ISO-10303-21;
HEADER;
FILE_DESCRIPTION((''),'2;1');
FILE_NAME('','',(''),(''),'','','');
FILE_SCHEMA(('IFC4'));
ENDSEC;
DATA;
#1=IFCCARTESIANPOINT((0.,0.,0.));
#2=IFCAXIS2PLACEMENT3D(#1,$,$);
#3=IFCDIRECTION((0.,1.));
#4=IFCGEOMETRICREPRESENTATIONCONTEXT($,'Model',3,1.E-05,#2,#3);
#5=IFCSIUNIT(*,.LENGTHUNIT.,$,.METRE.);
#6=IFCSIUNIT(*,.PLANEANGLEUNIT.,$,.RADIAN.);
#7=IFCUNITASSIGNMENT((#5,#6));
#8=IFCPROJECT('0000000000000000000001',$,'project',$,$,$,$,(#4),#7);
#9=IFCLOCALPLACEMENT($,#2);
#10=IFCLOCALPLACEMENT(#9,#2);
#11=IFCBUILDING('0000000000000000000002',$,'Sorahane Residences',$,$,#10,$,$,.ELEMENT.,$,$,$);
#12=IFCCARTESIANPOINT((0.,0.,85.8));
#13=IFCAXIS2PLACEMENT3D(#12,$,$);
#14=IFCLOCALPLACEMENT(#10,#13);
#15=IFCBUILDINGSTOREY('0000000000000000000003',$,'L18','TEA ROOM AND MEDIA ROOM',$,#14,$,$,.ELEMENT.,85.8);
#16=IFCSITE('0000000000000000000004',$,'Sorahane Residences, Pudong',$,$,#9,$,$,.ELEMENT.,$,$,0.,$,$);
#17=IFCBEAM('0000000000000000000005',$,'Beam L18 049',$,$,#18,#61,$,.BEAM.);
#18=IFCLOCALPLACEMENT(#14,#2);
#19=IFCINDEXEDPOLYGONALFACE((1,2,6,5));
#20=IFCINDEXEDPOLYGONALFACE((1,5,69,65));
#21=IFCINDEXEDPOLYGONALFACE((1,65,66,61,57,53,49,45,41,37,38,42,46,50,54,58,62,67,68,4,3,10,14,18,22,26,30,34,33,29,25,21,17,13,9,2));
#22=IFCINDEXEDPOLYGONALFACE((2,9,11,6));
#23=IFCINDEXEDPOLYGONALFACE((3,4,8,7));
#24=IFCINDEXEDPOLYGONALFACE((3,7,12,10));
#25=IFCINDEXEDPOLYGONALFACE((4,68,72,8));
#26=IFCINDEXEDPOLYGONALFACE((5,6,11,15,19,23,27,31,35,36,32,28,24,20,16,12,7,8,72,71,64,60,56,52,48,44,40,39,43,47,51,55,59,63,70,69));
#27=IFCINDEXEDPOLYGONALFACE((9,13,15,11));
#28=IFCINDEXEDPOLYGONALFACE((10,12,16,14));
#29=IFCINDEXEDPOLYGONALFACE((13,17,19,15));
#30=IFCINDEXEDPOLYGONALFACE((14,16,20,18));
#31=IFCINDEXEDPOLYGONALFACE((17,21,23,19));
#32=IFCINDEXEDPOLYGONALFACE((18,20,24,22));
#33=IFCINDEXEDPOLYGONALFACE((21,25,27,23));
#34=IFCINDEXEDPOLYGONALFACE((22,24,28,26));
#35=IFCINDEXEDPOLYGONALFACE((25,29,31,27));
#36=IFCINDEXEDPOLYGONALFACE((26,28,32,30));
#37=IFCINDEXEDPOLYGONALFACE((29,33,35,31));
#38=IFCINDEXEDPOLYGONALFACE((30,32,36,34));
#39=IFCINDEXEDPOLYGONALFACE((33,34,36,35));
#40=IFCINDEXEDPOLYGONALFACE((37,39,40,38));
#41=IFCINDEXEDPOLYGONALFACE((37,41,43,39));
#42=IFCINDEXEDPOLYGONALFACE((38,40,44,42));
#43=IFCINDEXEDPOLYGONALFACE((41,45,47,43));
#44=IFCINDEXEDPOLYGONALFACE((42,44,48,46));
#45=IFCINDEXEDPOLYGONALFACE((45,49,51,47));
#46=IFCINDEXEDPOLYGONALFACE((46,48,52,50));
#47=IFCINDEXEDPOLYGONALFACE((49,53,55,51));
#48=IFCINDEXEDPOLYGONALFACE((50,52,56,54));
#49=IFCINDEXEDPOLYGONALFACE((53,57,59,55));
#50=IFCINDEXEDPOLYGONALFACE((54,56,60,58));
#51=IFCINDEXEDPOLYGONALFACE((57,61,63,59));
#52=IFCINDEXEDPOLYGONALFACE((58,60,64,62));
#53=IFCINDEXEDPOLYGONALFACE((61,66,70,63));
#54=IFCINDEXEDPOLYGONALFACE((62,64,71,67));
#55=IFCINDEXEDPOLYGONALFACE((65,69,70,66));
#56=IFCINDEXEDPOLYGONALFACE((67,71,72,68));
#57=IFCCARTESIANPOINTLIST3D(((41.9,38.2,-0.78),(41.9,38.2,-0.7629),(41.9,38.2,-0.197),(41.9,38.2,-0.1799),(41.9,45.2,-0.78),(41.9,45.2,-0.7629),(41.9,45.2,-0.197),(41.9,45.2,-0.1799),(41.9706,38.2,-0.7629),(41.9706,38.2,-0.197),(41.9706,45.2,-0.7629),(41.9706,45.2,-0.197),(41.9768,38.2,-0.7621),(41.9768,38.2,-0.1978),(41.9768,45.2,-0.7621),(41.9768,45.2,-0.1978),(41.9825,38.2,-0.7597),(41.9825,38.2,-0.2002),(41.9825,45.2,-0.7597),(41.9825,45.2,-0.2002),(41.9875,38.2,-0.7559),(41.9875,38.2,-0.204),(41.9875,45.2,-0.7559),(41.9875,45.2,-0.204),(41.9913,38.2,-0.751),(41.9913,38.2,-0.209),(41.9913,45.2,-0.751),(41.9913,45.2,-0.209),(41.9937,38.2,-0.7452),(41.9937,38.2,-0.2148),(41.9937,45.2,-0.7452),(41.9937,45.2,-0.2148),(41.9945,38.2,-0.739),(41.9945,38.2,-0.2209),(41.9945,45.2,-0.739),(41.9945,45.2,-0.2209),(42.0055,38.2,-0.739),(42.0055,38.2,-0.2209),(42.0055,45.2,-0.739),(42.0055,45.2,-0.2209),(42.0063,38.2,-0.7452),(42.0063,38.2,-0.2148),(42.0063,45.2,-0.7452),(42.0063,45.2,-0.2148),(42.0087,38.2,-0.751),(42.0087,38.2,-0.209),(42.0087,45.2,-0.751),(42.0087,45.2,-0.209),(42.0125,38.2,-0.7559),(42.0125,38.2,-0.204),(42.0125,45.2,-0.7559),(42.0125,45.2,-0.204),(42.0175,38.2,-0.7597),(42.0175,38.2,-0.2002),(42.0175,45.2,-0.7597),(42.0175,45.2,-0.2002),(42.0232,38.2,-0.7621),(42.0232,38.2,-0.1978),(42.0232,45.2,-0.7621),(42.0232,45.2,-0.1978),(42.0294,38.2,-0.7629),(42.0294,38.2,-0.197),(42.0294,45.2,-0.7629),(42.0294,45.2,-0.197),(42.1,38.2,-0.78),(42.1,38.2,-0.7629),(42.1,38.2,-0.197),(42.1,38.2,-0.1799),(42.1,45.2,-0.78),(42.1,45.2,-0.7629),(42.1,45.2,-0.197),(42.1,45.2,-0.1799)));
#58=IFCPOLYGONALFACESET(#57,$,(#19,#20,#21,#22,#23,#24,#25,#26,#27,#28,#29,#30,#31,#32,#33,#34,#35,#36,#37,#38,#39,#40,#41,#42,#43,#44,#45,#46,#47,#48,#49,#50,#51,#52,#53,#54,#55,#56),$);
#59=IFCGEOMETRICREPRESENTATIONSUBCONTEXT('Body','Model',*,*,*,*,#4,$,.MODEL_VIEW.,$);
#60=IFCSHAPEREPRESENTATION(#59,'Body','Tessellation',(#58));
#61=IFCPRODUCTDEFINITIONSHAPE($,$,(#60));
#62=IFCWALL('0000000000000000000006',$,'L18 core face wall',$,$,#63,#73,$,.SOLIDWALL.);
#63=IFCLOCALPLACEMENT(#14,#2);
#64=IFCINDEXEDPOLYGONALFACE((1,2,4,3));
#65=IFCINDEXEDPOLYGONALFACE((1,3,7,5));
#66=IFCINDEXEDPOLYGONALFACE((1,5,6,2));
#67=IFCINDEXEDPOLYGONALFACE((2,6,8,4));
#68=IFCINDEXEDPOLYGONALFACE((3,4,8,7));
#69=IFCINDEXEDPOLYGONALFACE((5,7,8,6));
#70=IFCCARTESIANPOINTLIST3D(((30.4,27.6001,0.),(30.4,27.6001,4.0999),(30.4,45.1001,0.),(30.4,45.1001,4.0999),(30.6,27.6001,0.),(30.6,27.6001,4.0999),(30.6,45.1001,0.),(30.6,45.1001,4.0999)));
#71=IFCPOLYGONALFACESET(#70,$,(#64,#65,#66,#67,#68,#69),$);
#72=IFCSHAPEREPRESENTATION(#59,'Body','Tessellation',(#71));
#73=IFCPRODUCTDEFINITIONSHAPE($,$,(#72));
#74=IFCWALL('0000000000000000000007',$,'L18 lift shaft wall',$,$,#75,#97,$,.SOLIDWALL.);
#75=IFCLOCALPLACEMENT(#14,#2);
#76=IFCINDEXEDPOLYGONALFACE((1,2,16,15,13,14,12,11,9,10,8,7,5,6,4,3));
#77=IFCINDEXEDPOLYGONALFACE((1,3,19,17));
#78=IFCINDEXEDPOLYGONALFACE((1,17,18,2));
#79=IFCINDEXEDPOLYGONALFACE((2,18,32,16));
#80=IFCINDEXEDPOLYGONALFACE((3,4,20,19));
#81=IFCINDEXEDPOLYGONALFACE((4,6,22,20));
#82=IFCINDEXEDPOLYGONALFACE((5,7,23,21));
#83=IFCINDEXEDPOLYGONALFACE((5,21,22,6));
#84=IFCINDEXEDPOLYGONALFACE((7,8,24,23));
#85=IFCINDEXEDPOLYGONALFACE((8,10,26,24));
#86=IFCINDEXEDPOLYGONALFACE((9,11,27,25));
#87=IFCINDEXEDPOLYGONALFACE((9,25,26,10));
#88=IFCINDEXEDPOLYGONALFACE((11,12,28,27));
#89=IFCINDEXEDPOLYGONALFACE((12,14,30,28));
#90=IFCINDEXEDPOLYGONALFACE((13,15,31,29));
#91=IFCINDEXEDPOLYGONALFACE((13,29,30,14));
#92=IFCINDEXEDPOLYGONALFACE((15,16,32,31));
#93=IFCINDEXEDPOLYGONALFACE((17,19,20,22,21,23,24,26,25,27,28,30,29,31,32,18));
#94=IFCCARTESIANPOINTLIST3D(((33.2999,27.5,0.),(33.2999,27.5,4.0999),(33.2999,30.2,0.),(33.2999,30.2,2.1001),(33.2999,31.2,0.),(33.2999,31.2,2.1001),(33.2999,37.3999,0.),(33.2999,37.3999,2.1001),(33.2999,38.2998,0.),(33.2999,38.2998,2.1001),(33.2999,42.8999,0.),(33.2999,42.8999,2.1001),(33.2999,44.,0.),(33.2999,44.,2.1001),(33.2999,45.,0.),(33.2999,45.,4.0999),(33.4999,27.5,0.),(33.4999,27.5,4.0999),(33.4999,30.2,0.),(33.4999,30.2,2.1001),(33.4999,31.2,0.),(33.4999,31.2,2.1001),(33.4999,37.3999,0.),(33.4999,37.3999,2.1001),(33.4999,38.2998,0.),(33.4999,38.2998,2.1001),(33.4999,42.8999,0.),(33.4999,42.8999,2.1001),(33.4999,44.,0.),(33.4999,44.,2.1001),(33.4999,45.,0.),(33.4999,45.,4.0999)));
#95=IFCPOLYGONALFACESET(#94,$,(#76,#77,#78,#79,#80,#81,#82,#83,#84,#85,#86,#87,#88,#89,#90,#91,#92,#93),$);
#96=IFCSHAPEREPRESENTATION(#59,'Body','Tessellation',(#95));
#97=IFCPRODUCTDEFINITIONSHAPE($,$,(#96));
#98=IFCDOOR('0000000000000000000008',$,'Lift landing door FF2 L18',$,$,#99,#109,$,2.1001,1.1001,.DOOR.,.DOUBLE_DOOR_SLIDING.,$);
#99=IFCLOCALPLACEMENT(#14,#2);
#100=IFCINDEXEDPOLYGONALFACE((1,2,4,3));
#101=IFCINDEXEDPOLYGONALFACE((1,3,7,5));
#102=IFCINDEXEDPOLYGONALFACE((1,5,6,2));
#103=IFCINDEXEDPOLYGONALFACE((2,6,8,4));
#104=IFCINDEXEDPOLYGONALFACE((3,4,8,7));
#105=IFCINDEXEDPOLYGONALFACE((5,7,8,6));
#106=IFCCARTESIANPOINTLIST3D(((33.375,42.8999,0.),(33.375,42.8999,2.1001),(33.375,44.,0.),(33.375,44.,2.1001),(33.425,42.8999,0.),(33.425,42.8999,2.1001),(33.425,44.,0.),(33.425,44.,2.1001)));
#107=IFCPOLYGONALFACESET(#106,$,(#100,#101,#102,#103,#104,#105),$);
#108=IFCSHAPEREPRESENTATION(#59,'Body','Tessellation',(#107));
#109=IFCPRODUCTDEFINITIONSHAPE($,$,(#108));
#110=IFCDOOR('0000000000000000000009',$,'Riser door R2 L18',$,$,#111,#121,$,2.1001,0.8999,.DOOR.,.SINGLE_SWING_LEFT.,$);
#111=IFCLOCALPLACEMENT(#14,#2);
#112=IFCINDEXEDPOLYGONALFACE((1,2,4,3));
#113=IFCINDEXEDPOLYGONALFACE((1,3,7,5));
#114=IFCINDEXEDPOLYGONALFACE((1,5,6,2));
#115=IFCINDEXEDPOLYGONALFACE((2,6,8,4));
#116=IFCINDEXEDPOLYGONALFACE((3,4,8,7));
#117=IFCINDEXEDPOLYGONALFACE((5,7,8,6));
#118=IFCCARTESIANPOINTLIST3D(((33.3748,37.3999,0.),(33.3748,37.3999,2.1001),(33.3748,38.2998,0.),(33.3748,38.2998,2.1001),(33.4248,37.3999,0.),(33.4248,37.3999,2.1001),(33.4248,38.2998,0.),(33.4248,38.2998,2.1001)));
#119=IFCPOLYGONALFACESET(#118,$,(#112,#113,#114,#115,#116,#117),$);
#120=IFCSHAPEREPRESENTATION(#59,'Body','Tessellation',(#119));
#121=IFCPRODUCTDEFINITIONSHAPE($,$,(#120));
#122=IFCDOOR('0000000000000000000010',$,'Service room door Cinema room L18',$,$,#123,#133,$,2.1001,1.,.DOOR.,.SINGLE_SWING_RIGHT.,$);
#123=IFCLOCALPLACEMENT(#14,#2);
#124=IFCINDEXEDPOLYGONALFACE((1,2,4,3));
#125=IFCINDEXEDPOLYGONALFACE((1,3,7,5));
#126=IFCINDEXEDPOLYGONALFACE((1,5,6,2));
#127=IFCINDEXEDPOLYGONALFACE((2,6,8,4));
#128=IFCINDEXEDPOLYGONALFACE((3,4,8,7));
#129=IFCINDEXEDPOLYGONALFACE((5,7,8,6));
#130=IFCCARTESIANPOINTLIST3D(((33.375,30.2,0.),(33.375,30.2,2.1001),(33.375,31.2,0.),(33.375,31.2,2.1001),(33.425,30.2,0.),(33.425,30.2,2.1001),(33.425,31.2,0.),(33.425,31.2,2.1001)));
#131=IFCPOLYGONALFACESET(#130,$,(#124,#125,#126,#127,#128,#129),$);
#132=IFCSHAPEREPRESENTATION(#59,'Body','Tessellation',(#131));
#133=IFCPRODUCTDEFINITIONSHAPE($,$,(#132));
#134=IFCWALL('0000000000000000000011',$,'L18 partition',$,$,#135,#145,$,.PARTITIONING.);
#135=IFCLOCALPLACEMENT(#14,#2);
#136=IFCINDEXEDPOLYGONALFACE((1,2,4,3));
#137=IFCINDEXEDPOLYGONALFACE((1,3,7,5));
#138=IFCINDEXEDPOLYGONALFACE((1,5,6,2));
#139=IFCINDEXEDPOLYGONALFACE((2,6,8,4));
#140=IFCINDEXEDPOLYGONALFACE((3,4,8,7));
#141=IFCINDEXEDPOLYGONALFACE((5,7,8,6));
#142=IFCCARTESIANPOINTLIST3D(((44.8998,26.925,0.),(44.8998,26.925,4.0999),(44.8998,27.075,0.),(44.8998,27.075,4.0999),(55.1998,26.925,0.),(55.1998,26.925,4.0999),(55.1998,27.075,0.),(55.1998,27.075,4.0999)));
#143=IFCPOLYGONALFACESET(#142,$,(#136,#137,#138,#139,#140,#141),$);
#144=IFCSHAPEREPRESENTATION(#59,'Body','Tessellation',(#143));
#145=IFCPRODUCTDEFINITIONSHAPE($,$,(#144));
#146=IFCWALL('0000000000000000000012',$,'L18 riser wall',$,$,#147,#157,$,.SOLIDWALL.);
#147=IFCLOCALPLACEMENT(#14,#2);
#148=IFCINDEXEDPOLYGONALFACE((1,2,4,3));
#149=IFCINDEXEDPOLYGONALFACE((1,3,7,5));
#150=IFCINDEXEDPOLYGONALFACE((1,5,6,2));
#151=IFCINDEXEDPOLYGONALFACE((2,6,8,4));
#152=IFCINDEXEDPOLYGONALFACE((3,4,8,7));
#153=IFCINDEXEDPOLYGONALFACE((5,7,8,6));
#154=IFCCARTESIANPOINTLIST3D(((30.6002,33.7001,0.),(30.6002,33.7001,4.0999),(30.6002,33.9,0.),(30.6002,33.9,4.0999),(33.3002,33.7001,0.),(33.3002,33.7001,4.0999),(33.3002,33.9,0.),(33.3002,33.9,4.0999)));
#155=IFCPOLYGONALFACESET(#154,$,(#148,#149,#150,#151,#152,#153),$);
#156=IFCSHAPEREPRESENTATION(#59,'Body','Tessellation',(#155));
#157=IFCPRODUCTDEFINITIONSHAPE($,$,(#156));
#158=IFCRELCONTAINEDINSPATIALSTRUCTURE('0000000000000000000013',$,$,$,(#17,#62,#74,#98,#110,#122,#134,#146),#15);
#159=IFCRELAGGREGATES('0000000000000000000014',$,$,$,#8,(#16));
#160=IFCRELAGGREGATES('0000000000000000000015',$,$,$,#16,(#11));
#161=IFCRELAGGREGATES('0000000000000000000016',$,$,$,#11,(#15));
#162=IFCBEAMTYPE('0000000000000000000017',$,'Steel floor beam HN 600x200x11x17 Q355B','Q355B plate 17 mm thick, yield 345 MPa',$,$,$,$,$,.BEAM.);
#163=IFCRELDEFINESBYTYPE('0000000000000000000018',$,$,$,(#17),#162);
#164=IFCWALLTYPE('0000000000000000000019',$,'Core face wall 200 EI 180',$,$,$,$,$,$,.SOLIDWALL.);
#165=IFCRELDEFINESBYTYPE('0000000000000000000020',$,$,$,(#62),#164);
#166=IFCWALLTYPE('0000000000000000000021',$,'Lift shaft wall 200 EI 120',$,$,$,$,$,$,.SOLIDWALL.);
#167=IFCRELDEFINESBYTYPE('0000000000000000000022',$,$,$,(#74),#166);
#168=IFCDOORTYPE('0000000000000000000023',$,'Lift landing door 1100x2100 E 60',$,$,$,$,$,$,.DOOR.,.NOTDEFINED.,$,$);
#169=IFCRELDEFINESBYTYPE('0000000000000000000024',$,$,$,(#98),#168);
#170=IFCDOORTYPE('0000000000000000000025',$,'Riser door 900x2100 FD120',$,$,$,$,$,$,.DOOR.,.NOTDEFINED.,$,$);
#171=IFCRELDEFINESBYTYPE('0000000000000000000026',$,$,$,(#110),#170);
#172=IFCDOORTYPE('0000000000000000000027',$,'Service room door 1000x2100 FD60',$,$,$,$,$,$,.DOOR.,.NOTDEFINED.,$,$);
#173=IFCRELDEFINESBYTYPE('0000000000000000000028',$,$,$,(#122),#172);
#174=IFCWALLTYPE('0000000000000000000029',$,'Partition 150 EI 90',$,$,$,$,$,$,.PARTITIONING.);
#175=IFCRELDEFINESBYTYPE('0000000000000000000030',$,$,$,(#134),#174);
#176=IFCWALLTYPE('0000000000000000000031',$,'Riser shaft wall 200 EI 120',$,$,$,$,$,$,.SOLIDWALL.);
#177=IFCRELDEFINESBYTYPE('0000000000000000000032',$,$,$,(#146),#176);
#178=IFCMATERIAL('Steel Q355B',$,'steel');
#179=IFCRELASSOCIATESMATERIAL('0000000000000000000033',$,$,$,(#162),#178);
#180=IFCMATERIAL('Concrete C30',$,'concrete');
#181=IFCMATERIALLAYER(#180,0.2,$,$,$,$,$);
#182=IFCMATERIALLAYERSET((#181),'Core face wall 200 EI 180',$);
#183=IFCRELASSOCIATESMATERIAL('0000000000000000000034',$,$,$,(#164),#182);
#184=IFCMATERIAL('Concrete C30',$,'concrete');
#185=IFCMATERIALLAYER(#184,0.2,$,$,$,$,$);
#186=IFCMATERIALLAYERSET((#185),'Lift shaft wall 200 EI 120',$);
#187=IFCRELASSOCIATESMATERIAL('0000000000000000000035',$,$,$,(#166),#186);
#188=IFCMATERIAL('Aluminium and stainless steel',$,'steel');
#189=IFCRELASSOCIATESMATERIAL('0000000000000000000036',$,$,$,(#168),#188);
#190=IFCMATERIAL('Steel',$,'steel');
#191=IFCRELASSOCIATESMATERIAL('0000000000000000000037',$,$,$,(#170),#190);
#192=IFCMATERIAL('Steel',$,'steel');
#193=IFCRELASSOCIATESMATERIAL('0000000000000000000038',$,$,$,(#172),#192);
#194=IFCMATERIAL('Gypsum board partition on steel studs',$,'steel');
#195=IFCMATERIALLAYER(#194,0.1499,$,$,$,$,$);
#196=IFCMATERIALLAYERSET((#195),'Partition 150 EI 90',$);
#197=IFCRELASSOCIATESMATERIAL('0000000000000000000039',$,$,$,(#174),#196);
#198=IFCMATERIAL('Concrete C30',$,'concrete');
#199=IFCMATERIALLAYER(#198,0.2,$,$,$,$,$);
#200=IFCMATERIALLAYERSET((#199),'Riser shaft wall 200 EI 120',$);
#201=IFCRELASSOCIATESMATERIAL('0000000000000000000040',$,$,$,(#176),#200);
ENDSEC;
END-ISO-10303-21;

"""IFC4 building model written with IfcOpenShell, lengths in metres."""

from ifc_helpers import new_model, si_unit, direction, frame, frame_2d, origin, origin_2d, place, context, subcontext, project, spatial, rectangle, i_section, extrude, material, layer, layer_set, material_profile, profile_set, type_object, element, fill, save


model = new_model("IFC4")

# Units and contexts
model_context = context("Model", 3, precision=1e-05, world=origin(), true_north=direction((0.0, 1.0)))
body_context = subcontext(model_context, "Body", "Model", "MODEL_VIEW")
ifc_project = project(units=[si_unit("LENGTHUNIT", "METRE"), si_unit("PLANEANGLEUNIT", "RADIAN")], contexts=[model_context])

# Site, building, storey
site_placement = place(None, origin())
site = spatial("IfcSite", under=ifc_project, at=site_placement, Name="Sorahane Residences, Pudong", CompositionType="ELEMENT", RefElevation=0.0)
building_placement = place(site_placement, origin())
building = spatial("IfcBuilding", under=site, at=building_placement, Name="Sorahane Residences", CompositionType="ELEMENT")
storey_placement = place(building_placement, frame((0.0, 0.0, 85.8)))
storey = spatial("IfcBuildingStorey", under=building, at=storey_placement, Name="L18", Description="TEA ROOM AND MEDIA ROOM", CompositionType="ELEMENT", Elevation=85.8)

# Beam
ifc_material_1 = material(Name="Steel Q355B", Category="steel")
ifc_material_profile_1 = material_profile(ifc_material_1, i_section(OverallWidth=0.2, OverallDepth=0.6001, WebThickness=0.011, FlangeThickness=0.0171, FilletRadius=0.0239, at=origin_2d()), Name="HN 600x200x11x17")
ifc_profile_set_1 = profile_set([ifc_material_profile_1], Name="Steel Q355B")
beam_type_1 = type_object("IfcBeamType", Name="Steel floor beam HN 600x200x11x17 Q355B", Description="Q355B plate 17 mm thick, yield 345 MPa", PredefinedType="BEAM", material=ifc_profile_set_1)
for number, where, z_axis, x_axis, name in (
    (1, (42.0, 38.2, -0.48), (0.0, 1.0, 0.0), (-1.0, 0.0, 0.0), "Beam L18 049"),
):
    element("IfcBeam", number, at=place(storey_placement, frame(where, z_axis=z_axis, x_axis=x_axis)), inside=storey, type_object=beam_type_1, Name=name, PredefinedType="BEAM", context=body_context, shape_type="SweptSolid", body=[
        extrude(i_section(OverallWidth=0.2, OverallDepth=0.6001, WebThickness=0.011, FlangeThickness=0.0171, FilletRadius=0.0239, at=origin_2d()), origin(), (0.0, 0.0, 1.0), 7.0),
    ])

# Wall
ifc_material_2 = material(Name="Concrete C30", Category="concrete")
ifc_layer_1 = layer(ifc_material_2, 0.2)
ifc_layer_set_1 = layer_set([ifc_layer_1], Name="Core face wall 200 EI 180")
wall_type_1 = type_object("IfcWallType", Name="Core face wall 200 EI 180", PredefinedType="SOLIDWALL", material=ifc_layer_set_1)
wall_1_placement = place(storey_placement, frame((30.5, 27.6001, 0.0), z_axis=(0.0, 0.0, 1.0), x_axis=(0.0, 1.0, 0.0)))
element("IfcWall", 2, at=wall_1_placement, inside=storey, type_object=wall_type_1, Name="L18 core face wall", PredefinedType="SOLIDWALL", context=body_context, shape_type="SweptSolid", body=[
    extrude(rectangle(XDim=17.5, YDim=0.2, at=frame_2d((8.75, 0.0))), origin(), (0.0, 0.0, 1.0), 4.0999),
])

# Wall, openings, doors
ifc_material_3 = material(Name="Concrete C30", Category="concrete")
ifc_layer_2 = layer(ifc_material_3, 0.2)
ifc_layer_set_2 = layer_set([ifc_layer_2], Name="Lift shaft wall 200 EI 120")
wall_type_2 = type_object("IfcWallType", Name="Lift shaft wall 200 EI 120", PredefinedType="SOLIDWALL", material=ifc_layer_set_2)
wall_2_placement = place(storey_placement, frame((33.3999, 27.5, 0.0), z_axis=(0.0, 0.0, 1.0), x_axis=(0.0, 1.0, 0.0)))
wall_2 = element("IfcWall", 3, at=wall_2_placement, inside=storey, type_object=wall_type_2, Name="L18 lift shaft wall", PredefinedType="SOLIDWALL", context=body_context, shape_type="SweptSolid", body=[
    extrude(rectangle(XDim=17.5, YDim=0.2, at=frame_2d((8.75, 0.0))), origin(), (0.0, 0.0, 1.0), 4.0999),
])
opening_1_placement = place(wall_2_placement, frame((15.3999, 0.0, 0.0)))
opening_1 = element("IfcOpeningElement", 4, at=opening_1_placement, cuts=wall_2, PredefinedType="OPENING", context=body_context, shape_type="SweptSolid", body=[
    extrude(rectangle(XDim=1.1001, YDim=2.1001, at=frame_2d((0.55, 1.05))), frame((0.0, 0.1099, 0.0), z_axis=(0.0, -1.0, 0.0), x_axis=(1.0, 0.0, 0.0)), (0.0, 0.0, 1.0), 0.22),
])
opening_2_placement = place(wall_2_placement, frame((2.7, 0.0, 0.0)))
opening_2 = element("IfcOpeningElement", 5, at=opening_2_placement, cuts=wall_2, PredefinedType="OPENING", context=body_context, shape_type="SweptSolid", body=[
    extrude(rectangle(XDim=1.0, YDim=2.1001, at=frame_2d((0.5, 1.05))), frame((0.0, 0.1099, 0.0), z_axis=(0.0, -1.0, 0.0), x_axis=(1.0, 0.0, 0.0)), (0.0, 0.0, 1.0), 0.22),
])
opening_3_placement = place(wall_2_placement, frame((9.8999, 0.0, 0.0)))
opening_3 = element("IfcOpeningElement", 6, at=opening_3_placement, cuts=wall_2, PredefinedType="OPENING", context=body_context, shape_type="SweptSolid", body=[
    extrude(rectangle(XDim=0.8999, YDim=2.1001, at=frame_2d((0.45, 1.05))), frame((0.0, 0.1099, 0.0), z_axis=(0.0, -1.0, 0.0), x_axis=(1.0, 0.0, 0.0)), (0.0, 0.0, 1.0), 0.22),
])
ifc_material_4 = material(Name="Aluminium and stainless steel", Category="steel")
door_type_1 = type_object("IfcDoorType", Name="Lift landing door 1100x2100 E 60", OperationType="NOTDEFINED", PredefinedType="DOOR", material=ifc_material_4)
door_1_placement = place(opening_1_placement, origin())
door_1 = element("IfcDoor", 7, at=door_1_placement, inside=storey, type_object=door_type_1, Name="Lift landing door FF2 L18", OperationType="DOUBLE_DOOR_SLIDING", OverallHeight=2.1001, OverallWidth=1.1001, PredefinedType="DOOR", context=body_context, shape_type="SweptSolid", body=[
    extrude(rectangle(XDim=1.1001, YDim=2.1001, at=frame_2d((0.55, 1.05))), frame((0.0, 0.0249, 0.0), z_axis=(0.0, -1.0, 0.0), x_axis=(1.0, 0.0, 0.0)), (0.0, 0.0, 1.0), 0.05),
])
fill(opening_1, door_1)
ifc_material_5 = material(Name="Steel", Category="steel")
door_type_2 = type_object("IfcDoorType", Name="Riser door 900x2100 FD120", OperationType="NOTDEFINED", PredefinedType="DOOR", material=ifc_material_5)
door_2_placement = place(opening_3_placement, frame((0.8999, 0.0, 0.0), z_axis=(0.0, 0.0, 1.0), x_axis=(-1.0, 0.0, 0.0)))
door_2 = element("IfcDoor", 8, at=door_2_placement, inside=storey, type_object=door_type_2, Name="Riser door R2 L18", OperationType="SINGLE_SWING_LEFT", OverallHeight=2.1001, OverallWidth=0.8999, PredefinedType="DOOR", context=body_context, shape_type="SweptSolid", body=[
    extrude(rectangle(XDim=0.8999, YDim=2.1001, at=frame_2d((0.45, 1.05))), frame((0.0, 0.0249, 0.0), z_axis=(0.0, -1.0, 0.0), x_axis=(1.0, 0.0, 0.0)), (0.0, 0.0, 1.0), 0.05),
])
fill(opening_3, door_2)
ifc_material_6 = material(Name="Steel", Category="steel")
door_type_3 = type_object("IfcDoorType", Name="Service room door 1000x2100 FD60", OperationType="NOTDEFINED", PredefinedType="DOOR", material=ifc_material_6)
door_3_placement = place(opening_2_placement, origin())
door_3 = element("IfcDoor", 9, at=door_3_placement, inside=storey, type_object=door_type_3, Name="Service room door Cinema room L18", OperationType="SINGLE_SWING_RIGHT", OverallHeight=2.1001, OverallWidth=1.0, PredefinedType="DOOR", context=body_context, shape_type="SweptSolid", body=[
    extrude(rectangle(XDim=1.0, YDim=2.1001, at=frame_2d((0.5, 1.05))), frame((0.0, 0.0249, 0.0), z_axis=(0.0, -1.0, 0.0), x_axis=(1.0, 0.0, 0.0)), (0.0, 0.0, 1.0), 0.05),
])
fill(opening_2, door_3)

# Walls
ifc_material_7 = material(Name="Gypsum board partition on steel studs", Category="steel")
ifc_layer_3 = layer(ifc_material_7, 0.1499)
ifc_layer_set_3 = layer_set([ifc_layer_3], Name="Partition 150 EI 90")
wall_type_3 = type_object("IfcWallType", Name="Partition 150 EI 90", PredefinedType="PARTITIONING", material=ifc_layer_set_3)
wall_3_placement = place(storey_placement, frame((44.8999, 27.0, 0.0), z_axis=(0.0, 0.0, 1.0), x_axis=(1.0, 0.0, 0.0)))
element("IfcWall", 10, at=wall_3_placement, inside=storey, type_object=wall_type_3, Name="L18 partition", PredefinedType="PARTITIONING", context=body_context, shape_type="SweptSolid", body=[
    extrude(rectangle(XDim=10.3, YDim=0.1499, at=frame_2d((5.1499, 0.0))), origin(), (0.0, 0.0, 1.0), 4.0999),
])
ifc_material_8 = material(Name="Concrete C30", Category="concrete")
ifc_layer_4 = layer(ifc_material_8, 0.2)
ifc_layer_set_4 = layer_set([ifc_layer_4], Name="Riser shaft wall 200 EI 120")
wall_type_4 = type_object("IfcWallType", Name="Riser shaft wall 200 EI 120", PredefinedType="SOLIDWALL", material=ifc_layer_set_4)
wall_4_placement = place(storey_placement, frame((30.6001, 33.8, 0.0), z_axis=(0.0, 0.0, 1.0), x_axis=(1.0, 0.0, 0.0)))
element("IfcWall", 11, at=wall_4_placement, inside=storey, type_object=wall_type_4, Name="L18 riser wall", PredefinedType="SOLIDWALL", context=body_context, shape_type="SweptSolid", body=[
    extrude(rectangle(XDim=2.7, YDim=0.2, at=frame_2d((1.3501, 0.0))), origin(), (0.0, 0.0, 1.0), 4.0999),
])

save(model, "model.ifc")
